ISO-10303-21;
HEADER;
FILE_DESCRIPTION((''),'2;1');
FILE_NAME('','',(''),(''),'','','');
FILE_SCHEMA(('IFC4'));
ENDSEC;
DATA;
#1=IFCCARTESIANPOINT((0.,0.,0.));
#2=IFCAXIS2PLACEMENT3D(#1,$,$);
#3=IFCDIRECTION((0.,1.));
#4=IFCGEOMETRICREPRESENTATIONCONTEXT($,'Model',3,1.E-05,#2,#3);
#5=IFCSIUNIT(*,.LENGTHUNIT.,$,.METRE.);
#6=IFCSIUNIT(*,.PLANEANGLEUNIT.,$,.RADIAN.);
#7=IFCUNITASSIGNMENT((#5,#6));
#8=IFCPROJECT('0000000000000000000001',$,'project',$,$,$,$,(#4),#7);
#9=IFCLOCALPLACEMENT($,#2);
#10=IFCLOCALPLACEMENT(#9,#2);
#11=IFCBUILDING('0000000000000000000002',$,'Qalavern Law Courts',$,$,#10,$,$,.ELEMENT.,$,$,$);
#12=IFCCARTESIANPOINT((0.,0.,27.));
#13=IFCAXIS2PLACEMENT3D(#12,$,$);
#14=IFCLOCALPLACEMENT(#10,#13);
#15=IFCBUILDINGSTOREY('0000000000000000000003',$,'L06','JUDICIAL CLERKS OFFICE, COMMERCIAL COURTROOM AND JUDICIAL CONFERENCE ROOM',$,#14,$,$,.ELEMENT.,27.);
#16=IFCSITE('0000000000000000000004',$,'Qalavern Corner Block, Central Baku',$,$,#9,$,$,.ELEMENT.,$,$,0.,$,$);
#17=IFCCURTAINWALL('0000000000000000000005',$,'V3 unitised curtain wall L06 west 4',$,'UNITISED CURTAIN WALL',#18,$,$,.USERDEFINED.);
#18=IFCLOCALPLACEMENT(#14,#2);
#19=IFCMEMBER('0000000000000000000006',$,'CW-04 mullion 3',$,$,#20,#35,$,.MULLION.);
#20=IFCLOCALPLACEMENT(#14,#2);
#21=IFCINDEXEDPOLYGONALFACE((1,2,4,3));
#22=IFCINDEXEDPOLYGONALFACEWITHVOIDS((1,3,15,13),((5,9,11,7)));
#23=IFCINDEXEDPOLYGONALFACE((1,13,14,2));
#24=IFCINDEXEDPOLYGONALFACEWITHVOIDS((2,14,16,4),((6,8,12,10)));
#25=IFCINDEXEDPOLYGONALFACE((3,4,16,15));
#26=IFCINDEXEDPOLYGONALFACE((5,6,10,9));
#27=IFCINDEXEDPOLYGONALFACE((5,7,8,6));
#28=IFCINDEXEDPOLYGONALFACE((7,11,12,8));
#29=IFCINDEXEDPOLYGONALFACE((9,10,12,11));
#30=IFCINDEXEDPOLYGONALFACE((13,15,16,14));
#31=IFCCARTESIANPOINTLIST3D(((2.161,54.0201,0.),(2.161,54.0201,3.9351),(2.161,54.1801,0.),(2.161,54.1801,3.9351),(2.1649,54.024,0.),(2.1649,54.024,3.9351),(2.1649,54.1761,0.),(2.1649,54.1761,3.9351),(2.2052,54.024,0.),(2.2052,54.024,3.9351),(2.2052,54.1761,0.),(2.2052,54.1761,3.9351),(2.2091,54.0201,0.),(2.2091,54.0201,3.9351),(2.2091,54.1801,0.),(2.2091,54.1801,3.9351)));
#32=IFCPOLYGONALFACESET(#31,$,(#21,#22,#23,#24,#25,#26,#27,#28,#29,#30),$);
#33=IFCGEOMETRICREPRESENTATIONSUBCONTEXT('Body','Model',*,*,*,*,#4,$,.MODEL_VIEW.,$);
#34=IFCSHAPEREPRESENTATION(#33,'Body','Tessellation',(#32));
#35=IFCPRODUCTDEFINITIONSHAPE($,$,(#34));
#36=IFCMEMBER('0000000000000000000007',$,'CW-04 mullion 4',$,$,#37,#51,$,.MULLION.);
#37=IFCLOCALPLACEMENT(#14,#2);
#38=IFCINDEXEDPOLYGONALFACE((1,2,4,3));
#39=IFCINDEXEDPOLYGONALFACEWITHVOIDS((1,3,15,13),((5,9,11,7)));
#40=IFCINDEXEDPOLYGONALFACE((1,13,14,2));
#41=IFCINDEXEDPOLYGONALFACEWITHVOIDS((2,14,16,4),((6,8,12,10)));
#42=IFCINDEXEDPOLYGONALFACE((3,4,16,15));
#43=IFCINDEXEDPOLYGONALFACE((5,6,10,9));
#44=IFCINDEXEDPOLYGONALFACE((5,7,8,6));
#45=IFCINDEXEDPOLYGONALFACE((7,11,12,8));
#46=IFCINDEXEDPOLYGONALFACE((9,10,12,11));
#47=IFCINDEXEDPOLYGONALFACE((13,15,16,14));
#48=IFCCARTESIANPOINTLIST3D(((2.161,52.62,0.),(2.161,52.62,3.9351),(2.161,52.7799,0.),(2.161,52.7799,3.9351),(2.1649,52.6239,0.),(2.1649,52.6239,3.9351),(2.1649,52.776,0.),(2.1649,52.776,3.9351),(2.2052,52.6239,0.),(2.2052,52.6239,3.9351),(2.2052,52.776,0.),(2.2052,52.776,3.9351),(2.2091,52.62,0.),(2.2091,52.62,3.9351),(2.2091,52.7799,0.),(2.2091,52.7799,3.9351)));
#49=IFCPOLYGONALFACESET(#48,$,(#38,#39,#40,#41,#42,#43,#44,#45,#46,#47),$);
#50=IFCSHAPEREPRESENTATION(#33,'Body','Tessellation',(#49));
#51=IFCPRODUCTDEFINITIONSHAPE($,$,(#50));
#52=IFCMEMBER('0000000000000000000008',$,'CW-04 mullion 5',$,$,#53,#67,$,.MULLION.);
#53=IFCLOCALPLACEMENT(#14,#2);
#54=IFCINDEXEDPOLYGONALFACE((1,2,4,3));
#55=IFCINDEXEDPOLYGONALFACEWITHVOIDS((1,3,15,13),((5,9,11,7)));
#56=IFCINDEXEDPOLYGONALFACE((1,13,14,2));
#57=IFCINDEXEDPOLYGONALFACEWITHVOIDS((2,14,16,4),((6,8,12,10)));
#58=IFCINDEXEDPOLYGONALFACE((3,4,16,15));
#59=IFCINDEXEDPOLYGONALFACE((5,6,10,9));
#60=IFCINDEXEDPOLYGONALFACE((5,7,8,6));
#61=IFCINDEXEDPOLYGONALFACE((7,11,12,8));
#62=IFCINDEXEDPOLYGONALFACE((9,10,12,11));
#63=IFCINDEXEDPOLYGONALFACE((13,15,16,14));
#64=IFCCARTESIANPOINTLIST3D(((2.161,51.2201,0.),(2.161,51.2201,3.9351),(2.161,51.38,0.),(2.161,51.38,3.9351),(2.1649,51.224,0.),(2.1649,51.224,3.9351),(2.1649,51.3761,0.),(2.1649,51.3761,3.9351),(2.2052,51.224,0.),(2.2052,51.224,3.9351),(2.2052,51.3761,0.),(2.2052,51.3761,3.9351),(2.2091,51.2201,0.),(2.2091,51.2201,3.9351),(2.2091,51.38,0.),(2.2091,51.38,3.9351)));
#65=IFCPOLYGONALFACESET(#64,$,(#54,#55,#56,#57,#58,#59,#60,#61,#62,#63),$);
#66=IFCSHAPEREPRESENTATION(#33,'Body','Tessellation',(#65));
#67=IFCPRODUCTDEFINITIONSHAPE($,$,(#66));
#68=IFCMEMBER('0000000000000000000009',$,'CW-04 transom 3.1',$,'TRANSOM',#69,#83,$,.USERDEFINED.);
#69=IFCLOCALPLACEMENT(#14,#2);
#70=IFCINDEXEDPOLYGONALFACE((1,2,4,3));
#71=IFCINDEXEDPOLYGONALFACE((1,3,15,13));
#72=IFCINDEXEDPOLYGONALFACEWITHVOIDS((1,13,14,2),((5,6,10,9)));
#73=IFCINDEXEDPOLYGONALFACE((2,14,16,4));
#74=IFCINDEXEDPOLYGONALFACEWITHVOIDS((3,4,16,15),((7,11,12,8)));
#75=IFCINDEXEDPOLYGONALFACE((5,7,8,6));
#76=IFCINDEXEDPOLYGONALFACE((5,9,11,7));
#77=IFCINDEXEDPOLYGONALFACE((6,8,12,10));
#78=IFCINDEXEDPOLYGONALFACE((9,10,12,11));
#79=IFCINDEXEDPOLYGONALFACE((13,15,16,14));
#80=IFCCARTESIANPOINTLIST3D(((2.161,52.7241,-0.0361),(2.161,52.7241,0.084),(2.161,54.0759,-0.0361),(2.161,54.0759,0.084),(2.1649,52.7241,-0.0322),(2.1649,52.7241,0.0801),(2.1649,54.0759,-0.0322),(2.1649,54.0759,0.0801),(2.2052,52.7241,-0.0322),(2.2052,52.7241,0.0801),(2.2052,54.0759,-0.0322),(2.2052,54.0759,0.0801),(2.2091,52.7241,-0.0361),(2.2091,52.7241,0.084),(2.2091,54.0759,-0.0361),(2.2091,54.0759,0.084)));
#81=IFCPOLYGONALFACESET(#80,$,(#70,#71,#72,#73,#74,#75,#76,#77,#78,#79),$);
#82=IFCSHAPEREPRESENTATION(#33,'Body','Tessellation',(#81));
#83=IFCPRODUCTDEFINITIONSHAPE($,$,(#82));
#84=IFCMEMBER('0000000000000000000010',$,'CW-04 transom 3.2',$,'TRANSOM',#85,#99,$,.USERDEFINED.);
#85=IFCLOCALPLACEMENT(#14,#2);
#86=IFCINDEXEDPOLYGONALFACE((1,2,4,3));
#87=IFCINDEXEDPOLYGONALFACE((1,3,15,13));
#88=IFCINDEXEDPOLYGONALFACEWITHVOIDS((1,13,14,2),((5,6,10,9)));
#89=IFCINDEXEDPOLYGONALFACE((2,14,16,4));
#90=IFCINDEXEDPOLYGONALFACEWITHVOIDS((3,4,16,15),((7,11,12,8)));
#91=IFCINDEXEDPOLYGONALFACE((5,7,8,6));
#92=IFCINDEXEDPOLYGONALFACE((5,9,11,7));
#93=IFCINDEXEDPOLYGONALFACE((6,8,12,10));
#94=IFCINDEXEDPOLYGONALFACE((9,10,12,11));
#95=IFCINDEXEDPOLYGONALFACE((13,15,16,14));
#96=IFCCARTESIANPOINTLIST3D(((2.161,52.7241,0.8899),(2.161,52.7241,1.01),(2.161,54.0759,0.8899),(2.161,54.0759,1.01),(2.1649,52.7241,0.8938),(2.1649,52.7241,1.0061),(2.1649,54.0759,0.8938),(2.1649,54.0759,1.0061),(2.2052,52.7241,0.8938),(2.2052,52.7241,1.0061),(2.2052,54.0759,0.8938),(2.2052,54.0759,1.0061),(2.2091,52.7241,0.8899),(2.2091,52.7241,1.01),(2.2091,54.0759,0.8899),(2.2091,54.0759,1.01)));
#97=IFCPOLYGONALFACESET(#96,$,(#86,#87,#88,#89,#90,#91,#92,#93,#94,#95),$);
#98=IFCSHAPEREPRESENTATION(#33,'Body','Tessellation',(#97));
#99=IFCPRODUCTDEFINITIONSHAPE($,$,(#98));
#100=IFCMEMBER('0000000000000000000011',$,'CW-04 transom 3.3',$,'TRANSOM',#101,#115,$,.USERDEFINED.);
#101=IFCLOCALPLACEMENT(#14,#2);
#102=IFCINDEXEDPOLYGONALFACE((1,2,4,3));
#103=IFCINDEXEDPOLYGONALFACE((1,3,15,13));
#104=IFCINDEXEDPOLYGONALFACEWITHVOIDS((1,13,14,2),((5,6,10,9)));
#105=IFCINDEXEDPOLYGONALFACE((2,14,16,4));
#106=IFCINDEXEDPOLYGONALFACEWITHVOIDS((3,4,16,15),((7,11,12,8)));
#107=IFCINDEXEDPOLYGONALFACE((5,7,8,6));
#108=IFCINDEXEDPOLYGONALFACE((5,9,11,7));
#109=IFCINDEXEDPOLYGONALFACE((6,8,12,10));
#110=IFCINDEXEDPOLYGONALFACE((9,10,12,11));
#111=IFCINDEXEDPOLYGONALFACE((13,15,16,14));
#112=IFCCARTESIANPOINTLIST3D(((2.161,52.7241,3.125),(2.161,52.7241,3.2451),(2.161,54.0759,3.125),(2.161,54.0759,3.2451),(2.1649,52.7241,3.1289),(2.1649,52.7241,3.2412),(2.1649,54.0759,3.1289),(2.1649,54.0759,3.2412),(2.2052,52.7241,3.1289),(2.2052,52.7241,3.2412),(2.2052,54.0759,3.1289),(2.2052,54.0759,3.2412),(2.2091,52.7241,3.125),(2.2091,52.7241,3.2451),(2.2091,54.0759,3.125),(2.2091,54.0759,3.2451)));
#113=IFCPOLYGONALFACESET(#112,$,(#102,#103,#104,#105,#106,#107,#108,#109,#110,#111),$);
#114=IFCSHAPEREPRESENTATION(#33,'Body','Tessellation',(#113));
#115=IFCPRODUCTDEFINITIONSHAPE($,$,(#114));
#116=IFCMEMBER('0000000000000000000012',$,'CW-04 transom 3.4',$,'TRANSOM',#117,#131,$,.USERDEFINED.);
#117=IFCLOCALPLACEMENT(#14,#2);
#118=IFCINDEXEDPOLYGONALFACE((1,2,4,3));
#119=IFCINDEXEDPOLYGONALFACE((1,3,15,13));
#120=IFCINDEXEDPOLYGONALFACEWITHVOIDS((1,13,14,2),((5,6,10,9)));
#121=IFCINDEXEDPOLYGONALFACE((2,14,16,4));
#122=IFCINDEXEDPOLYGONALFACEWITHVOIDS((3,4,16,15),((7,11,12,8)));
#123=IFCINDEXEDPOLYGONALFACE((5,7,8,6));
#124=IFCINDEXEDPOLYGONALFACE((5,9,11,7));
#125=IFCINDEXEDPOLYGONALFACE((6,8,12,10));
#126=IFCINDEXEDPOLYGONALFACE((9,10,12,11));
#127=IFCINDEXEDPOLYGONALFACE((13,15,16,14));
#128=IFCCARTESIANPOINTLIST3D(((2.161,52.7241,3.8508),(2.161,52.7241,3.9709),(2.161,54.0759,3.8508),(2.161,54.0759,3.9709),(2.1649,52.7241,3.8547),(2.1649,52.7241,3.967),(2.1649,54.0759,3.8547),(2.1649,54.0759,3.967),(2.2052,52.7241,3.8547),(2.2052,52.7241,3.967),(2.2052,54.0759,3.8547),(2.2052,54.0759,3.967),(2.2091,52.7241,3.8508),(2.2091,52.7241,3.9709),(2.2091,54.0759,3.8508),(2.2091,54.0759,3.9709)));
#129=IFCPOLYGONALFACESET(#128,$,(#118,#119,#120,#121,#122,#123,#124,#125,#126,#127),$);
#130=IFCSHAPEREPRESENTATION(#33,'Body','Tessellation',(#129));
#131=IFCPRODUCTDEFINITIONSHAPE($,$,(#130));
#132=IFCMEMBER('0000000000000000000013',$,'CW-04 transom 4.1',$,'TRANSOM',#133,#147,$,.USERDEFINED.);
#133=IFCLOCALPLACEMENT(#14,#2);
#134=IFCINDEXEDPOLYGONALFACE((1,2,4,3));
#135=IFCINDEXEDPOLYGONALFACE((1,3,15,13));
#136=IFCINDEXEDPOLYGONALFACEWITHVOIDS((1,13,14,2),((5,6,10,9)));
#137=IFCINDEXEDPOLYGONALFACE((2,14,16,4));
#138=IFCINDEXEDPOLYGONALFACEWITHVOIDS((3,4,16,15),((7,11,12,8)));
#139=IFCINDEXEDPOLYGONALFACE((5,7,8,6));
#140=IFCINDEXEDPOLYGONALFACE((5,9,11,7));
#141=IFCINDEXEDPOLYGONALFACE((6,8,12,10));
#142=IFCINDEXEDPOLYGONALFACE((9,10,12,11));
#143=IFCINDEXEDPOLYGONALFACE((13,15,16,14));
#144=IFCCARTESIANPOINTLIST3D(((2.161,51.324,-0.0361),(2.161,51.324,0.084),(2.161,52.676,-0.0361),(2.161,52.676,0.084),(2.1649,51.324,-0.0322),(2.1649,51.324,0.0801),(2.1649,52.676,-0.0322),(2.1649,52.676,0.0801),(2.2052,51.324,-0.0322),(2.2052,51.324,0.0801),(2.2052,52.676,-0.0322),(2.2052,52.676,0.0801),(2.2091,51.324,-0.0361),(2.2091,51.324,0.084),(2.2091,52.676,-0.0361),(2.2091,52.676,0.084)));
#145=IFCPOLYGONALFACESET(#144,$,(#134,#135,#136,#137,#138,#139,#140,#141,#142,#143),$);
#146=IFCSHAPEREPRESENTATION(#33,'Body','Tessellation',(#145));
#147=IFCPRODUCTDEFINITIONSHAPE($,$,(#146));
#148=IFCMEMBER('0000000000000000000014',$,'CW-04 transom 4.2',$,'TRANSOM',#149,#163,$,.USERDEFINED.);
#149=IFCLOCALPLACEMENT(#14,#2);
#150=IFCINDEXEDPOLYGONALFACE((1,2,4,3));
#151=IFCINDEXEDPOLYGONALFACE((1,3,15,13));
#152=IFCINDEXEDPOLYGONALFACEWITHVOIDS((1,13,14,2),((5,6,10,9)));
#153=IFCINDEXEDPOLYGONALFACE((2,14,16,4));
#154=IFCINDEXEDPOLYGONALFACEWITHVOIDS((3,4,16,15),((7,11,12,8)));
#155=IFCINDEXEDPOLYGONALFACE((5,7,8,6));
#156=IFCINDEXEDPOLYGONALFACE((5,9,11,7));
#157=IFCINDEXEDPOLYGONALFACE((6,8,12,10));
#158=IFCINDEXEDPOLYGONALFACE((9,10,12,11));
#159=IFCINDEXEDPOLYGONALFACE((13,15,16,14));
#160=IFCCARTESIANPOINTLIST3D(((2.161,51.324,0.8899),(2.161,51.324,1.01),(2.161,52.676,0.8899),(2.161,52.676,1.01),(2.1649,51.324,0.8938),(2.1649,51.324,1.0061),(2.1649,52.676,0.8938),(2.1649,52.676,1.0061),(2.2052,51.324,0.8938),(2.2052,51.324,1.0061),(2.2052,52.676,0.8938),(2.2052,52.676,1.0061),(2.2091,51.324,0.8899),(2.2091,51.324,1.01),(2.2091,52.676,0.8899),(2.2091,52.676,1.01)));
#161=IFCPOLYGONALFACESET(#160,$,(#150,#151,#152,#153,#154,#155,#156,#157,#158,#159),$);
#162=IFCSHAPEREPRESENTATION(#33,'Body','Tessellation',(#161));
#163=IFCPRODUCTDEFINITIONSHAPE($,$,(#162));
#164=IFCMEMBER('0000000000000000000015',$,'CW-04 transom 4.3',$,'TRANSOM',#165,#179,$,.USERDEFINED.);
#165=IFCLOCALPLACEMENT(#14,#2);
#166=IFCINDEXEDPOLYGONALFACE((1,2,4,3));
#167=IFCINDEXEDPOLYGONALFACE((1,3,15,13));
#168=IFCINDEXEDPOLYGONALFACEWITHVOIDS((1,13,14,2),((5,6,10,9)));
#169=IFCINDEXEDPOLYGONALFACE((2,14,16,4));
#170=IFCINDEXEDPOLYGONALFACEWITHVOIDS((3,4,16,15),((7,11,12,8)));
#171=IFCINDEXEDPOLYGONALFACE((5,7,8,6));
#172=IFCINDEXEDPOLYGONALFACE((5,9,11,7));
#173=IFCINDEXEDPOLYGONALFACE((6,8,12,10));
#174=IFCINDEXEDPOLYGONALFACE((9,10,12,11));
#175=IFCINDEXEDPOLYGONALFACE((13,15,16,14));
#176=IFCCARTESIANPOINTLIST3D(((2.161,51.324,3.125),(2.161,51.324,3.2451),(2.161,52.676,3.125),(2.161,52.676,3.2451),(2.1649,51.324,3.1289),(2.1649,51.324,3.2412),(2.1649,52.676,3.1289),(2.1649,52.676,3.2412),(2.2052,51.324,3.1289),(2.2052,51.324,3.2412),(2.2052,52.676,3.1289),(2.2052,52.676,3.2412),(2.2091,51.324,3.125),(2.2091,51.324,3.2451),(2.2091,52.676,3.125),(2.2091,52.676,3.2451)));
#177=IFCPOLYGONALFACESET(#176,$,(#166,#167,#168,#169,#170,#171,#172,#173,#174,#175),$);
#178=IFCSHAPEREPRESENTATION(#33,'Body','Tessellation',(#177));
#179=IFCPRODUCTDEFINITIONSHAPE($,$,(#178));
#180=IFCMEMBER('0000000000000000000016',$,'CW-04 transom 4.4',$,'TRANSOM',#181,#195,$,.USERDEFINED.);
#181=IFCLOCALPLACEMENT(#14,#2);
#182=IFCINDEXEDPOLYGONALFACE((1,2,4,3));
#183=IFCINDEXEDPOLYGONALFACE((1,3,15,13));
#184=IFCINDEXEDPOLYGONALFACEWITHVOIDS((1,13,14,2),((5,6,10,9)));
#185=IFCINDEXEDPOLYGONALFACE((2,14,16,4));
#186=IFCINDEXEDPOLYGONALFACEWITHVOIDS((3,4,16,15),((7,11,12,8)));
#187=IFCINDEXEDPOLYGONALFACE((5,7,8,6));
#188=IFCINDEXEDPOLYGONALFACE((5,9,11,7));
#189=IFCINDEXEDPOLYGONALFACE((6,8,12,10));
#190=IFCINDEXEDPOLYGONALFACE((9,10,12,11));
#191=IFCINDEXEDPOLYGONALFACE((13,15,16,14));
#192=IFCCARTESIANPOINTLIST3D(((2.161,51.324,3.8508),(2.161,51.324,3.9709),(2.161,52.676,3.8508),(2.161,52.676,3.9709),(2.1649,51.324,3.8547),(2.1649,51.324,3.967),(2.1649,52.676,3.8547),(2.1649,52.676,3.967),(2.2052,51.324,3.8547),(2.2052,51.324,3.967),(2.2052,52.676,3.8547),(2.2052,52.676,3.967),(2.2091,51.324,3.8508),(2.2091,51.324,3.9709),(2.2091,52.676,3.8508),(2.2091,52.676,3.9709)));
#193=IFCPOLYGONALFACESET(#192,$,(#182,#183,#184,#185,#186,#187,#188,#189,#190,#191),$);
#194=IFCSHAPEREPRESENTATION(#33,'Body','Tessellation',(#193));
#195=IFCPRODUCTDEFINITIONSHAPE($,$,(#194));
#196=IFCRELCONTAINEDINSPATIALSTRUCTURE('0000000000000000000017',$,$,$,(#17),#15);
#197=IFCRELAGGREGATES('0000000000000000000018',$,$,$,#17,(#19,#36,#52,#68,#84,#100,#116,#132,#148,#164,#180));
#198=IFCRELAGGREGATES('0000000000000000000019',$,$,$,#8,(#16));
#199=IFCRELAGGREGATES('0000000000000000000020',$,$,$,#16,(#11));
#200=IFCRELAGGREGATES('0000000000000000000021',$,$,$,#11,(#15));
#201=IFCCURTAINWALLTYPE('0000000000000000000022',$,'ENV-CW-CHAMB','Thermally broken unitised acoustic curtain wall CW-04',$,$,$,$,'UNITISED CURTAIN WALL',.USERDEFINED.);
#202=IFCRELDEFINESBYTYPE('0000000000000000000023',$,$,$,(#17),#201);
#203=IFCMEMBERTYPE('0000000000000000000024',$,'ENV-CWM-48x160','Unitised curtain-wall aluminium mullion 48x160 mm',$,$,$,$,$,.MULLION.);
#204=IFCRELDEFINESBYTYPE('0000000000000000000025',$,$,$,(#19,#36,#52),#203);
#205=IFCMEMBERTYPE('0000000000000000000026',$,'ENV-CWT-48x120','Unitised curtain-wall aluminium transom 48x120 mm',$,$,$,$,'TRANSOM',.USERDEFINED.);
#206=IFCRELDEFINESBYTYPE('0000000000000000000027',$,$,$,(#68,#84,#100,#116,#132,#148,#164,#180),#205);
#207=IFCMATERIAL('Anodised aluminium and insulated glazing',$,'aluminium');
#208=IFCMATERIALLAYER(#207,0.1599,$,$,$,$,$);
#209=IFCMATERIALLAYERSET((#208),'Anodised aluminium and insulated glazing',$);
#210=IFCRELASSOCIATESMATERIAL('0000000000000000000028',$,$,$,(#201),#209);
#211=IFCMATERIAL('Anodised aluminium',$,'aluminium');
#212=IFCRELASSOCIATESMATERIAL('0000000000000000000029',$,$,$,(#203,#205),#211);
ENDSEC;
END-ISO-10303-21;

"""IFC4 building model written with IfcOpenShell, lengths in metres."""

from ifc_helpers import new_model, si_unit, direction, frame, origin, origin_2d, place, context, subcontext, project, spatial, hollow_rectangle, extrude, material, layer, layer_set, material_profile, profile_set, type_object, element, aggregate, save


model = new_model("IFC4")

# Units and contexts
model_context = context("Model", 3, precision=1e-05, world=origin(), true_north=direction((0.0, 1.0)))
body_context = subcontext(model_context, "Body", "Model", "MODEL_VIEW")
ifc_project = project(units=[si_unit("LENGTHUNIT", "METRE"), si_unit("PLANEANGLEUNIT", "RADIAN")], contexts=[model_context])

# Site, building, storey
site_placement = place(None, origin())
site = spatial("IfcSite", under=ifc_project, at=site_placement, Name="Qalavern Corner Block, Central Baku", CompositionType="ELEMENT", RefElevation=0.0)
building_placement = place(site_placement, origin())
building = spatial("IfcBuilding", under=site, at=building_placement, Name="Qalavern Law Courts", CompositionType="ELEMENT")
storey_placement = place(building_placement, frame((0.0, 0.0, 27.0)))
storey = spatial("IfcBuildingStorey", under=building, at=storey_placement, Name="L06", Description="JUDICIAL CLERKS OFFICE, COMMERCIAL COURTROOM AND JUDICIAL CONFERENCE ROOM", CompositionType="ELEMENT", Elevation=27.0)

# Curtain wall, members
ifc_material_1 = material(Name="Anodised aluminium and insulated glazing", Category="aluminium")
ifc_layer_1 = layer(ifc_material_1, 0.1599)
ifc_layer_set_1 = layer_set([ifc_layer_1], Name="Anodised aluminium and insulated glazing")
curtain_wall_type = type_object("IfcCurtainWallType", Name="ENV-CW-CHAMB", Description="Thermally broken unitised acoustic curtain wall CW-04", ElementType="UNITISED CURTAIN WALL", PredefinedType="USERDEFINED", material=ifc_layer_set_1)
curtain_wall_placement = place(storey_placement, origin())
curtain_wall = element("IfcCurtainWall", 1, at=curtain_wall_placement, inside=storey, type_object=curtain_wall_type, Name="V3 unitised curtain wall L06 west 4", ObjectType="UNITISED CURTAIN WALL", PredefinedType="USERDEFINED")
ifc_material_2 = material(Name="Anodised aluminium", Category="aluminium")
ifc_material_profile_1 = material_profile(ifc_material_2, hollow_rectangle(XDim=0.0481, YDim=0.1599, WallThickness=0.0039, at=origin_2d()), Name="ALU MULLION 48x160")
ifc_profile_set_1 = profile_set([ifc_material_profile_1], Name="Anodised aluminium")
member_type_1 = type_object("IfcMemberType", Name="ENV-CWM-48x160", Description="Unitised curtain-wall aluminium mullion 48x160 mm", PredefinedType="MULLION", material=ifc_profile_set_1)
member_1_placement = place(storey_placement, frame((2.1851, 54.1001, 0.0), z_axis=(0.0, 0.0, 1.0), x_axis=(1.0, 0.0, 0.0)))
member_1 = element("IfcMember", 2, at=member_1_placement, type_object=member_type_1, Name="CW-04 mullion 3", PredefinedType="MULLION", context=body_context, shape_type="SweptSolid", body=[
    extrude(hollow_rectangle(XDim=0.0481, YDim=0.1599, WallThickness=0.0039, at=origin_2d()), origin(), (0.0, 0.0, 1.0), 3.9351),
])
member_2_placement = place(storey_placement, frame((2.1851, 52.7, 0.0), z_axis=(0.0, 0.0, 1.0), x_axis=(1.0, 0.0, 0.0)))
member_2 = element("IfcMember", 3, at=member_2_placement, type_object=member_type_1, Name="CW-04 mullion 4", PredefinedType="MULLION", context=body_context, shape_type="SweptSolid", body=[
    extrude(hollow_rectangle(XDim=0.0481, YDim=0.1599, WallThickness=0.0039, at=origin_2d()), origin(), (0.0, 0.0, 1.0), 3.9351),
])
member_3_placement = place(storey_placement, frame((2.1851, 51.3, 0.0), z_axis=(0.0, 0.0, 1.0), x_axis=(1.0, 0.0, 0.0)))
member_3 = element("IfcMember", 4, at=member_3_placement, type_object=member_type_1, Name="CW-04 mullion 5", PredefinedType="MULLION", context=body_context, shape_type="SweptSolid", body=[
    extrude(hollow_rectangle(XDim=0.0481, YDim=0.1599, WallThickness=0.0039, at=origin_2d()), origin(), (0.0, 0.0, 1.0), 3.9351),
])
ifc_material_profile_2 = material_profile(ifc_material_2, hollow_rectangle(XDim=0.0481, YDim=0.1201, WallThickness=0.0039, at=origin_2d()), Name="ALU TRANSOM 48x120")
ifc_profile_set_2 = profile_set([ifc_material_profile_2], Name="Anodised aluminium")
member_type_2 = type_object("IfcMemberType", Name="ENV-CWT-48x120", Description="Unitised curtain-wall aluminium transom 48x120 mm", ElementType="TRANSOM", PredefinedType="USERDEFINED", material=ifc_profile_set_2)
member_4_placement = place(storey_placement, frame((2.1851, 54.0759, 0.0239), z_axis=(0.0, -1.0, 0.0), x_axis=(1.0, 0.0, 0.0)))
member_4 = element("IfcMember", 5, at=member_4_placement, type_object=member_type_2, Name="CW-04 transom 3.1", ObjectType="TRANSOM", PredefinedType="USERDEFINED", context=body_context, shape_type="SweptSolid", body=[
    extrude(hollow_rectangle(XDim=0.0481, YDim=0.1201, WallThickness=0.0039, at=origin_2d()), origin(), (0.0, 0.0, 1.0), 1.3518),
])
member_5_placement = place(storey_placement, frame((2.1851, 54.0759, 0.95), z_axis=(0.0, -1.0, 0.0), x_axis=(1.0, 0.0, 0.0)))
member_5 = element("IfcMember", 6, at=member_5_placement, type_object=member_type_2, Name="CW-04 transom 3.2", ObjectType="TRANSOM", PredefinedType="USERDEFINED", context=body_context, shape_type="SweptSolid", body=[
    extrude(hollow_rectangle(XDim=0.0481, YDim=0.1201, WallThickness=0.0039, at=origin_2d()), origin(), (0.0, 0.0, 1.0), 1.3518),
])
member_6_placement = place(storey_placement, frame((2.1851, 54.0759, 3.1851), z_axis=(0.0, -1.0, 0.0), x_axis=(1.0, 0.0, 0.0)))
member_6 = element("IfcMember", 7, at=member_6_placement, type_object=member_type_2, Name="CW-04 transom 3.3", ObjectType="TRANSOM", PredefinedType="USERDEFINED", context=body_context, shape_type="SweptSolid", body=[
    extrude(hollow_rectangle(XDim=0.0481, YDim=0.1201, WallThickness=0.0039, at=origin_2d()), origin(), (0.0, 0.0, 1.0), 1.3518),
])
member_7_placement = place(storey_placement, frame((2.1851, 54.0759, 3.9109), z_axis=(0.0, -1.0, 0.0), x_axis=(1.0, 0.0, 0.0)))
member_7 = element("IfcMember", 8, at=member_7_placement, type_object=member_type_2, Name="CW-04 transom 3.4", ObjectType="TRANSOM", PredefinedType="USERDEFINED", context=body_context, shape_type="SweptSolid", body=[
    extrude(hollow_rectangle(XDim=0.0481, YDim=0.1201, WallThickness=0.0039, at=origin_2d()), origin(), (0.0, 0.0, 1.0), 1.3518),
])
member_8_placement = place(storey_placement, frame((2.1851, 52.676, 0.0239), z_axis=(0.0, -1.0, 0.0), x_axis=(1.0, 0.0, 0.0)))
member_8 = element("IfcMember", 9, at=member_8_placement, type_object=member_type_2, Name="CW-04 transom 4.1", ObjectType="TRANSOM", PredefinedType="USERDEFINED", context=body_context, shape_type="SweptSolid", body=[
    extrude(hollow_rectangle(XDim=0.0481, YDim=0.1201, WallThickness=0.0039, at=origin_2d()), origin(), (0.0, 0.0, 1.0), 1.3521),
])
member_9_placement = place(storey_placement, frame((2.1851, 52.676, 0.95), z_axis=(0.0, -1.0, 0.0), x_axis=(1.0, 0.0, 0.0)))
member_9 = element("IfcMember", 10, at=member_9_placement, type_object=member_type_2, Name="CW-04 transom 4.2", ObjectType="TRANSOM", PredefinedType="USERDEFINED", context=body_context, shape_type="SweptSolid", body=[
    extrude(hollow_rectangle(XDim=0.0481, YDim=0.1201, WallThickness=0.0039, at=origin_2d()), origin(), (0.0, 0.0, 1.0), 1.3521),
])
member_10_placement = place(storey_placement, frame((2.1851, 52.676, 3.1851), z_axis=(0.0, -1.0, 0.0), x_axis=(1.0, 0.0, 0.0)))
member_10 = element("IfcMember", 11, at=member_10_placement, type_object=member_type_2, Name="CW-04 transom 4.3", ObjectType="TRANSOM", PredefinedType="USERDEFINED", context=body_context, shape_type="SweptSolid", body=[
    extrude(hollow_rectangle(XDim=0.0481, YDim=0.1201, WallThickness=0.0039, at=origin_2d()), origin(), (0.0, 0.0, 1.0), 1.3521),
])
member_11_placement = place(storey_placement, frame((2.1851, 52.676, 3.9109), z_axis=(0.0, -1.0, 0.0), x_axis=(1.0, 0.0, 0.0)))
member_11 = element("IfcMember", 12, at=member_11_placement, type_object=member_type_2, Name="CW-04 transom 4.4", ObjectType="TRANSOM", PredefinedType="USERDEFINED", context=body_context, shape_type="SweptSolid", body=[
    extrude(hollow_rectangle(XDim=0.0481, YDim=0.1201, WallThickness=0.0039, at=origin_2d()), origin(), (0.0, 0.0, 1.0), 1.3521),
])

aggregate(curtain_wall, [member_1, member_2, member_3, member_4, member_5, member_6, member_7, member_8, member_9, member_10, member_11])

save(model, "model.ifc")
